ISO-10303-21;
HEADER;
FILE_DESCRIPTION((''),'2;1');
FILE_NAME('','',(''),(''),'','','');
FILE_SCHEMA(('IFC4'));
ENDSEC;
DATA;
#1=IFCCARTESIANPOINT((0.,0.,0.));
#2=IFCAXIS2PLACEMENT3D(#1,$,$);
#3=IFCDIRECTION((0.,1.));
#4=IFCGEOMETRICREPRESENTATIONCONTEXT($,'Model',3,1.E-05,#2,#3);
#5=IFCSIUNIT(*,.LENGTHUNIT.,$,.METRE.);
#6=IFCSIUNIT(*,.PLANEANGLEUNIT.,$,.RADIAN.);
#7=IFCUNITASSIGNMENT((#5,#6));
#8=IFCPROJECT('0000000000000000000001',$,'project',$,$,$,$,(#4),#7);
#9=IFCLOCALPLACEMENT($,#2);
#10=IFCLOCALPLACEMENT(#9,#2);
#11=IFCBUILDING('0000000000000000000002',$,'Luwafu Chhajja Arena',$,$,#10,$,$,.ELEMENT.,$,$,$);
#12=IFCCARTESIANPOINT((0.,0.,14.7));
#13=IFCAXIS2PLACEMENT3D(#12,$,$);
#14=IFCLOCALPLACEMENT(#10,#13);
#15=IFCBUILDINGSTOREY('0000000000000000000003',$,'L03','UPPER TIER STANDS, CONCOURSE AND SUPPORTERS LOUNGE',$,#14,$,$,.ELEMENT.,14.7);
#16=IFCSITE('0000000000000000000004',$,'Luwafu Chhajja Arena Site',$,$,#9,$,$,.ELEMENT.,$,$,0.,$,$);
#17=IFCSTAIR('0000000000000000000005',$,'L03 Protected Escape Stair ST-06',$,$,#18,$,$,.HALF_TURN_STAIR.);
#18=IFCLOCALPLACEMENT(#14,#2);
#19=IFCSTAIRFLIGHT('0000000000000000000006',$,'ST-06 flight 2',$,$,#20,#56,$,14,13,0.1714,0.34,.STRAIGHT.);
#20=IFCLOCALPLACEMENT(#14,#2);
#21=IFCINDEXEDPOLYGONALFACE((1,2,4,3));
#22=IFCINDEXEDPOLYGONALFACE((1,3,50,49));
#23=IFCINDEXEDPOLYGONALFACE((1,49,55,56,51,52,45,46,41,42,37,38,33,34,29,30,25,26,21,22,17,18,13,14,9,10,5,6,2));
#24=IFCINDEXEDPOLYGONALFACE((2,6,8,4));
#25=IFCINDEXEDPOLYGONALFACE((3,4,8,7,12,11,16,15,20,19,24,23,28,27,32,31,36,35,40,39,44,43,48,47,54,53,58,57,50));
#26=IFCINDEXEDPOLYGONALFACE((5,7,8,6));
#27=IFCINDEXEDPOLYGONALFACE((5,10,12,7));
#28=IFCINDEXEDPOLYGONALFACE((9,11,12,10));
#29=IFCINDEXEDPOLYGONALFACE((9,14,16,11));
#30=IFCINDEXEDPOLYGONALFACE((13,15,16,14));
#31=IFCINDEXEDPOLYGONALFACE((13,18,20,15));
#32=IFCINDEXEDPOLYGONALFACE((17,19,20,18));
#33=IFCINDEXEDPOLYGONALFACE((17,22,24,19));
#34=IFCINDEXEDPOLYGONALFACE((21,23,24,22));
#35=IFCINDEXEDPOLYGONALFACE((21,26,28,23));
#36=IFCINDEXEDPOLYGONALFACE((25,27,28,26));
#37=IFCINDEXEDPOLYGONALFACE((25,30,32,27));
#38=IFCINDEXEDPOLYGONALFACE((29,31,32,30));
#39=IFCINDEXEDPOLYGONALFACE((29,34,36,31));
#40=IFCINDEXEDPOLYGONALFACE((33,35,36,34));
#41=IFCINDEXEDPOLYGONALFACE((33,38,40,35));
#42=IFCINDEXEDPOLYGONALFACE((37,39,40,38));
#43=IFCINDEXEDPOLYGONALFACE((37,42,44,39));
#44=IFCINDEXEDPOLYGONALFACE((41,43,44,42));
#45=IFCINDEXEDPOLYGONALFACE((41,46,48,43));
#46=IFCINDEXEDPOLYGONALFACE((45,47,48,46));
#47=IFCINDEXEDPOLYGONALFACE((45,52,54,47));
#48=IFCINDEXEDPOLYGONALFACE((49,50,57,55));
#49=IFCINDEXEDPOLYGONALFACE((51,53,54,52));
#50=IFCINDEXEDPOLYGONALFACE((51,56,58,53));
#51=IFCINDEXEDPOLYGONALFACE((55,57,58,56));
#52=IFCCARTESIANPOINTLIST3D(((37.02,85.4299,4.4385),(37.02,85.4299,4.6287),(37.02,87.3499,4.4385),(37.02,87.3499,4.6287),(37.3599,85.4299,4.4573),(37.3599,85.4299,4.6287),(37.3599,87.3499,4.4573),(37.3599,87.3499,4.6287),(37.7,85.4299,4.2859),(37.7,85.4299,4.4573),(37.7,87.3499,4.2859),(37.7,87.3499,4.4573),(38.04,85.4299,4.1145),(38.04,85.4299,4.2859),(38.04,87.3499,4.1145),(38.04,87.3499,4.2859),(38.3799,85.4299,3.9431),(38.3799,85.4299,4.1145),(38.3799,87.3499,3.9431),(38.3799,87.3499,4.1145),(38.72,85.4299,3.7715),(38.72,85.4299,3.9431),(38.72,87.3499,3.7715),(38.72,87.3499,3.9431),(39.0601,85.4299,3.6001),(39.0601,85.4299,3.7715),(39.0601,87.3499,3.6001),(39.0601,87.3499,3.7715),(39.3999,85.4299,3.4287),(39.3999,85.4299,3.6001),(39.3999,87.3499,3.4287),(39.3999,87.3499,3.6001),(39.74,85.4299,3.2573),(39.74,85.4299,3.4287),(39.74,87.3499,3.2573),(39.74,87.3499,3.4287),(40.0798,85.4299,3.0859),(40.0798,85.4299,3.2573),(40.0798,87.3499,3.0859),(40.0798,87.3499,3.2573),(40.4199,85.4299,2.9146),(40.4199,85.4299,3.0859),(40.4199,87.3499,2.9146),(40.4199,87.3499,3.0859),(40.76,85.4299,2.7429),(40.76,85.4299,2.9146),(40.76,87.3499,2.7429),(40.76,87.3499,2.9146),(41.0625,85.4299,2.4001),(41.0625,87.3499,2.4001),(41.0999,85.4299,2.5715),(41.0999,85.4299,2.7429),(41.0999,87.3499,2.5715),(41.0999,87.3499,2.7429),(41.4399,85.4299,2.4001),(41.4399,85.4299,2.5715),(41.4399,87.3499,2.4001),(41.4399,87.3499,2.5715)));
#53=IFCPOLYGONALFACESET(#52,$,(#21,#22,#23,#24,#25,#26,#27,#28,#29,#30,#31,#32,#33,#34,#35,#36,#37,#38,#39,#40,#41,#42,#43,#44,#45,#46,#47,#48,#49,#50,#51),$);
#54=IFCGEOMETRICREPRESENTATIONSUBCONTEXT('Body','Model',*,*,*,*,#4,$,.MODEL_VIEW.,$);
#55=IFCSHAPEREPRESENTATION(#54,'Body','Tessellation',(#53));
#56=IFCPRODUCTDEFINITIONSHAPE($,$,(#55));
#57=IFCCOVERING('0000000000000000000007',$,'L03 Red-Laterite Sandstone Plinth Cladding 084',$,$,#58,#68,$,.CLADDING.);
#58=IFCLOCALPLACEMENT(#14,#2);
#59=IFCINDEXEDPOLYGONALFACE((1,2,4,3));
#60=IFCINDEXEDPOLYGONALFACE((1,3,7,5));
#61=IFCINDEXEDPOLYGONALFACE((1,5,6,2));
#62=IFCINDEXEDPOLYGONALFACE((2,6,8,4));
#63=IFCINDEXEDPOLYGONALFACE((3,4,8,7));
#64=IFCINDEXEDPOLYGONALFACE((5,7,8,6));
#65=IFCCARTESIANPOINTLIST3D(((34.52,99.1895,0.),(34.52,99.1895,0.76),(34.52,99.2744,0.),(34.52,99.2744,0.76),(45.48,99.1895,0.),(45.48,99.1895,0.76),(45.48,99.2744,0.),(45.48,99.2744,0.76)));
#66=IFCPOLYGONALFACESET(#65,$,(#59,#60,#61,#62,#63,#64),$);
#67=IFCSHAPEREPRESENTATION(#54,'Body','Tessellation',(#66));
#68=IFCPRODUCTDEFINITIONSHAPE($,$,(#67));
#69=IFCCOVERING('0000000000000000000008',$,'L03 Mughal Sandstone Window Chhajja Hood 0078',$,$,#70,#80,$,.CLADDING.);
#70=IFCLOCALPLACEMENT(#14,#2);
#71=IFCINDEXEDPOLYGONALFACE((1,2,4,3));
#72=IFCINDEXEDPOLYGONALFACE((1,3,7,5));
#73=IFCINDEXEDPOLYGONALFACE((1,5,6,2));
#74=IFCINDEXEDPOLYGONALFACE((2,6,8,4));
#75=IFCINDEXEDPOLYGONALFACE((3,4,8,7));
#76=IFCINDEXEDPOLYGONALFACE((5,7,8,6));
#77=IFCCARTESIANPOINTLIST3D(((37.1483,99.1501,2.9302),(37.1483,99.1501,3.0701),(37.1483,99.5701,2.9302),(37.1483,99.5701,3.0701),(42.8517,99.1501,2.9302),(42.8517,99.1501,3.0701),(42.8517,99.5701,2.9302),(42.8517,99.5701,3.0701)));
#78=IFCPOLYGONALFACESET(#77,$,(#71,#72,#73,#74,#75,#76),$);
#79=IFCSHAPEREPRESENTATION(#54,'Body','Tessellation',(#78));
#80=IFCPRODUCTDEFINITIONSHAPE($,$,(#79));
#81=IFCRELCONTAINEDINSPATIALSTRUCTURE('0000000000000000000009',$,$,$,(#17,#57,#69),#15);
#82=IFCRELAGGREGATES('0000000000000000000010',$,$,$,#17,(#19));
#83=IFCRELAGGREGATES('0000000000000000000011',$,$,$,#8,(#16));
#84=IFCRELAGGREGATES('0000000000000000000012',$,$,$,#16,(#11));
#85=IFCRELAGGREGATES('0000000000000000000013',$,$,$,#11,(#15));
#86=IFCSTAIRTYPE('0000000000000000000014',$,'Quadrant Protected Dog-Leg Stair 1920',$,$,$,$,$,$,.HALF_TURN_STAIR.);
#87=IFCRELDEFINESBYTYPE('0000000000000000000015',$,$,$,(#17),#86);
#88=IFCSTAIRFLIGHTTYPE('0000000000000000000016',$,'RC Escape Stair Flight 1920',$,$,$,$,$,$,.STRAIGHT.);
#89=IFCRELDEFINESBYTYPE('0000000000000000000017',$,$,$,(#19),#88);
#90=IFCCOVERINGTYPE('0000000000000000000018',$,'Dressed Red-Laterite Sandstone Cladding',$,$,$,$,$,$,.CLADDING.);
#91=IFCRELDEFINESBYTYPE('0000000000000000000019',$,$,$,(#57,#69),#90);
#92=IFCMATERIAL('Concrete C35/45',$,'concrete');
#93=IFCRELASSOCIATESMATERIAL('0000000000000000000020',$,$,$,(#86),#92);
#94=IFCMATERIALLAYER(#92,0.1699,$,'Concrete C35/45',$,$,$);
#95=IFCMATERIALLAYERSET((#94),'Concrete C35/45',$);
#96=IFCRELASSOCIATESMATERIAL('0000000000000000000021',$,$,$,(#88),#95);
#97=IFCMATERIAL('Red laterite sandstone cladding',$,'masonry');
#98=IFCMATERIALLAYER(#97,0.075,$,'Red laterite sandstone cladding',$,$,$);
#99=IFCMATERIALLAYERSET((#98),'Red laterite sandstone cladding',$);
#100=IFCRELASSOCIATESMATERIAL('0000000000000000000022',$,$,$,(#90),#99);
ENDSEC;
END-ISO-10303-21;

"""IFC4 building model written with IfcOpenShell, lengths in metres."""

from ifc_helpers import new_model, si_unit, direction, frame, origin, origin_2d, place, context, subcontext, project, spatial, polyline, rectangle, outline, extrude, material, layer, layer_set, type_object, element, aggregate, save


model = new_model("IFC4")

# Units and contexts
model_context = context("Model", 3, precision=1e-05, world=origin(), true_north=direction((0.0, 1.0)))
body_context = subcontext(model_context, "Body", "Model", "MODEL_VIEW")
ifc_project = project(units=[si_unit("LENGTHUNIT", "METRE"), si_unit("PLANEANGLEUNIT", "RADIAN")], contexts=[model_context])

# Site, building, storey
site_placement = place(None, origin())
site = spatial("IfcSite", under=ifc_project, at=site_placement, Name="Luwafu Chhajja Arena Site", CompositionType="ELEMENT", RefElevation=0.0)
building_placement = place(site_placement, origin())
building = spatial("IfcBuilding", under=site, at=building_placement, Name="Luwafu Chhajja Arena", CompositionType="ELEMENT")
storey_placement = place(building_placement, frame((0.0, 0.0, 14.7)))
storey = spatial("IfcBuildingStorey", under=building, at=storey_placement, Name="L03", Description="UPPER TIER STANDS, CONCOURSE AND SUPPORTERS LOUNGE", CompositionType="ELEMENT", Elevation=14.7)

# Shared definitions
ifc_material_1 = material(Name="Concrete C35/45", Category="concrete")

# Stair, stair flight
stair_type = type_object("IfcStairType", Name="Quadrant Protected Dog-Leg Stair 1920", PredefinedType="HALF_TURN_STAIR", material=ifc_material_1)
stair_placement = place(storey_placement, origin())
stair = element("IfcStair", 1, at=stair_placement, inside=storey, type_object=stair_type, Name="L03 Protected Escape Stair ST-06", PredefinedType="HALF_TURN_STAIR")
ifc_layer_1 = layer(ifc_material_1, 0.1699, Name="Concrete C35/45")
ifc_layer_set_1 = layer_set([ifc_layer_1], Name="Concrete C35/45")
stair_flight_type = type_object("IfcStairFlightType", Name="RC Escape Stair Flight 1920", PredefinedType="STRAIGHT", material=ifc_layer_set_1)
stair_flight_placement = place(storey_placement, frame((41.4399, 86.3899, 2.4001), z_axis=(0.0, 0.0, 1.0), x_axis=(-1.0, 0.0, 0.0)))
stair_flight = element("IfcStairFlight", 2, at=stair_flight_placement, type_object=stair_flight_type, Name="ST-06 flight 2", NumberOfRisers=14, NumberOfTreads=13, PredefinedType="STRAIGHT", RiserHeight=0.1714, TreadLength=0.34, context=body_context, shape_type="SweptSolid", body=[
    extrude(outline(polyline([(0.0, 0.0), (0.0, 0.1714), (0.3401, 0.1714), (0.3401, 0.3428), (0.6799, 0.3428), (0.6799, 0.5144), (1.02, 0.5144), (1.02, 0.6858), (1.3601, 0.6858), (1.3601, 0.8572), (1.7, 0.8572), (1.7, 1.0286), (2.04, 1.0286), (2.04, 1.2), (2.3799, 1.2), (2.3799, 1.3713), (2.72, 1.3713), (2.72, 1.543), (3.0601, 1.543), (3.0601, 1.7144), (3.3999, 1.7144), (3.3999, 1.8857), (3.74, 1.8857), (3.74, 2.0571), (4.0801, 2.0571), (4.0801, 2.2285), (4.4199, 2.2285), (4.4199, 2.3999), (4.4199, 2.0383), (0.3774, 0.0), (0.0, 0.0)])), frame((0.0, 0.96, 0.0), z_axis=(0.0, -1.0, 0.0), x_axis=(1.0, 0.0, 0.0)), (0.0, 0.0, 1.0), 1.9199),
])
aggregate(stair, [stair_flight])

# Coverings
ifc_material_2 = material(Name="Red laterite sandstone cladding", Category="masonry")
ifc_layer_2 = layer(ifc_material_2, 0.075, Name="Red laterite sandstone cladding")
ifc_layer_set_2 = layer_set([ifc_layer_2], Name="Red laterite sandstone cladding")
covering_type = type_object("IfcCoveringType", Name="Dressed Red-Laterite Sandstone Cladding", PredefinedType="CLADDING", material=ifc_layer_set_2)
covering_1_placement = place(storey_placement, frame((40.0, 99.2319, 0.0), z_axis=(0.0, 0.0, 1.0), x_axis=(1.0, 0.0, 0.0)))
element("IfcCovering", 3, at=covering_1_placement, inside=storey, type_object=covering_type, Name="L03 Red-Laterite Sandstone Plinth Cladding 084", PredefinedType="CLADDING", context=body_context, shape_type="SweptSolid", body=[
    extrude(rectangle(XDim=10.96, YDim=0.085, at=origin_2d()), origin(), (0.0, 0.0, 1.0), 0.76),
])
covering_2_placement = place(storey_placement, frame((40.0, 99.3601, 2.9302), z_axis=(0.0, 0.0, 1.0), x_axis=(1.0, 0.0, 0.0)))
element("IfcCovering", 4, at=covering_2_placement, inside=storey, type_object=covering_type, Name="L03 Mughal Sandstone Window Chhajja Hood 0078", PredefinedType="CLADDING", context=body_context, shape_type="SweptSolid", body=[
    extrude(rectangle(XDim=5.7034, YDim=0.4199, at=origin_2d()), origin(), (0.0, 0.0, 1.0), 0.1399),
])

save(model, "model.ifc")
